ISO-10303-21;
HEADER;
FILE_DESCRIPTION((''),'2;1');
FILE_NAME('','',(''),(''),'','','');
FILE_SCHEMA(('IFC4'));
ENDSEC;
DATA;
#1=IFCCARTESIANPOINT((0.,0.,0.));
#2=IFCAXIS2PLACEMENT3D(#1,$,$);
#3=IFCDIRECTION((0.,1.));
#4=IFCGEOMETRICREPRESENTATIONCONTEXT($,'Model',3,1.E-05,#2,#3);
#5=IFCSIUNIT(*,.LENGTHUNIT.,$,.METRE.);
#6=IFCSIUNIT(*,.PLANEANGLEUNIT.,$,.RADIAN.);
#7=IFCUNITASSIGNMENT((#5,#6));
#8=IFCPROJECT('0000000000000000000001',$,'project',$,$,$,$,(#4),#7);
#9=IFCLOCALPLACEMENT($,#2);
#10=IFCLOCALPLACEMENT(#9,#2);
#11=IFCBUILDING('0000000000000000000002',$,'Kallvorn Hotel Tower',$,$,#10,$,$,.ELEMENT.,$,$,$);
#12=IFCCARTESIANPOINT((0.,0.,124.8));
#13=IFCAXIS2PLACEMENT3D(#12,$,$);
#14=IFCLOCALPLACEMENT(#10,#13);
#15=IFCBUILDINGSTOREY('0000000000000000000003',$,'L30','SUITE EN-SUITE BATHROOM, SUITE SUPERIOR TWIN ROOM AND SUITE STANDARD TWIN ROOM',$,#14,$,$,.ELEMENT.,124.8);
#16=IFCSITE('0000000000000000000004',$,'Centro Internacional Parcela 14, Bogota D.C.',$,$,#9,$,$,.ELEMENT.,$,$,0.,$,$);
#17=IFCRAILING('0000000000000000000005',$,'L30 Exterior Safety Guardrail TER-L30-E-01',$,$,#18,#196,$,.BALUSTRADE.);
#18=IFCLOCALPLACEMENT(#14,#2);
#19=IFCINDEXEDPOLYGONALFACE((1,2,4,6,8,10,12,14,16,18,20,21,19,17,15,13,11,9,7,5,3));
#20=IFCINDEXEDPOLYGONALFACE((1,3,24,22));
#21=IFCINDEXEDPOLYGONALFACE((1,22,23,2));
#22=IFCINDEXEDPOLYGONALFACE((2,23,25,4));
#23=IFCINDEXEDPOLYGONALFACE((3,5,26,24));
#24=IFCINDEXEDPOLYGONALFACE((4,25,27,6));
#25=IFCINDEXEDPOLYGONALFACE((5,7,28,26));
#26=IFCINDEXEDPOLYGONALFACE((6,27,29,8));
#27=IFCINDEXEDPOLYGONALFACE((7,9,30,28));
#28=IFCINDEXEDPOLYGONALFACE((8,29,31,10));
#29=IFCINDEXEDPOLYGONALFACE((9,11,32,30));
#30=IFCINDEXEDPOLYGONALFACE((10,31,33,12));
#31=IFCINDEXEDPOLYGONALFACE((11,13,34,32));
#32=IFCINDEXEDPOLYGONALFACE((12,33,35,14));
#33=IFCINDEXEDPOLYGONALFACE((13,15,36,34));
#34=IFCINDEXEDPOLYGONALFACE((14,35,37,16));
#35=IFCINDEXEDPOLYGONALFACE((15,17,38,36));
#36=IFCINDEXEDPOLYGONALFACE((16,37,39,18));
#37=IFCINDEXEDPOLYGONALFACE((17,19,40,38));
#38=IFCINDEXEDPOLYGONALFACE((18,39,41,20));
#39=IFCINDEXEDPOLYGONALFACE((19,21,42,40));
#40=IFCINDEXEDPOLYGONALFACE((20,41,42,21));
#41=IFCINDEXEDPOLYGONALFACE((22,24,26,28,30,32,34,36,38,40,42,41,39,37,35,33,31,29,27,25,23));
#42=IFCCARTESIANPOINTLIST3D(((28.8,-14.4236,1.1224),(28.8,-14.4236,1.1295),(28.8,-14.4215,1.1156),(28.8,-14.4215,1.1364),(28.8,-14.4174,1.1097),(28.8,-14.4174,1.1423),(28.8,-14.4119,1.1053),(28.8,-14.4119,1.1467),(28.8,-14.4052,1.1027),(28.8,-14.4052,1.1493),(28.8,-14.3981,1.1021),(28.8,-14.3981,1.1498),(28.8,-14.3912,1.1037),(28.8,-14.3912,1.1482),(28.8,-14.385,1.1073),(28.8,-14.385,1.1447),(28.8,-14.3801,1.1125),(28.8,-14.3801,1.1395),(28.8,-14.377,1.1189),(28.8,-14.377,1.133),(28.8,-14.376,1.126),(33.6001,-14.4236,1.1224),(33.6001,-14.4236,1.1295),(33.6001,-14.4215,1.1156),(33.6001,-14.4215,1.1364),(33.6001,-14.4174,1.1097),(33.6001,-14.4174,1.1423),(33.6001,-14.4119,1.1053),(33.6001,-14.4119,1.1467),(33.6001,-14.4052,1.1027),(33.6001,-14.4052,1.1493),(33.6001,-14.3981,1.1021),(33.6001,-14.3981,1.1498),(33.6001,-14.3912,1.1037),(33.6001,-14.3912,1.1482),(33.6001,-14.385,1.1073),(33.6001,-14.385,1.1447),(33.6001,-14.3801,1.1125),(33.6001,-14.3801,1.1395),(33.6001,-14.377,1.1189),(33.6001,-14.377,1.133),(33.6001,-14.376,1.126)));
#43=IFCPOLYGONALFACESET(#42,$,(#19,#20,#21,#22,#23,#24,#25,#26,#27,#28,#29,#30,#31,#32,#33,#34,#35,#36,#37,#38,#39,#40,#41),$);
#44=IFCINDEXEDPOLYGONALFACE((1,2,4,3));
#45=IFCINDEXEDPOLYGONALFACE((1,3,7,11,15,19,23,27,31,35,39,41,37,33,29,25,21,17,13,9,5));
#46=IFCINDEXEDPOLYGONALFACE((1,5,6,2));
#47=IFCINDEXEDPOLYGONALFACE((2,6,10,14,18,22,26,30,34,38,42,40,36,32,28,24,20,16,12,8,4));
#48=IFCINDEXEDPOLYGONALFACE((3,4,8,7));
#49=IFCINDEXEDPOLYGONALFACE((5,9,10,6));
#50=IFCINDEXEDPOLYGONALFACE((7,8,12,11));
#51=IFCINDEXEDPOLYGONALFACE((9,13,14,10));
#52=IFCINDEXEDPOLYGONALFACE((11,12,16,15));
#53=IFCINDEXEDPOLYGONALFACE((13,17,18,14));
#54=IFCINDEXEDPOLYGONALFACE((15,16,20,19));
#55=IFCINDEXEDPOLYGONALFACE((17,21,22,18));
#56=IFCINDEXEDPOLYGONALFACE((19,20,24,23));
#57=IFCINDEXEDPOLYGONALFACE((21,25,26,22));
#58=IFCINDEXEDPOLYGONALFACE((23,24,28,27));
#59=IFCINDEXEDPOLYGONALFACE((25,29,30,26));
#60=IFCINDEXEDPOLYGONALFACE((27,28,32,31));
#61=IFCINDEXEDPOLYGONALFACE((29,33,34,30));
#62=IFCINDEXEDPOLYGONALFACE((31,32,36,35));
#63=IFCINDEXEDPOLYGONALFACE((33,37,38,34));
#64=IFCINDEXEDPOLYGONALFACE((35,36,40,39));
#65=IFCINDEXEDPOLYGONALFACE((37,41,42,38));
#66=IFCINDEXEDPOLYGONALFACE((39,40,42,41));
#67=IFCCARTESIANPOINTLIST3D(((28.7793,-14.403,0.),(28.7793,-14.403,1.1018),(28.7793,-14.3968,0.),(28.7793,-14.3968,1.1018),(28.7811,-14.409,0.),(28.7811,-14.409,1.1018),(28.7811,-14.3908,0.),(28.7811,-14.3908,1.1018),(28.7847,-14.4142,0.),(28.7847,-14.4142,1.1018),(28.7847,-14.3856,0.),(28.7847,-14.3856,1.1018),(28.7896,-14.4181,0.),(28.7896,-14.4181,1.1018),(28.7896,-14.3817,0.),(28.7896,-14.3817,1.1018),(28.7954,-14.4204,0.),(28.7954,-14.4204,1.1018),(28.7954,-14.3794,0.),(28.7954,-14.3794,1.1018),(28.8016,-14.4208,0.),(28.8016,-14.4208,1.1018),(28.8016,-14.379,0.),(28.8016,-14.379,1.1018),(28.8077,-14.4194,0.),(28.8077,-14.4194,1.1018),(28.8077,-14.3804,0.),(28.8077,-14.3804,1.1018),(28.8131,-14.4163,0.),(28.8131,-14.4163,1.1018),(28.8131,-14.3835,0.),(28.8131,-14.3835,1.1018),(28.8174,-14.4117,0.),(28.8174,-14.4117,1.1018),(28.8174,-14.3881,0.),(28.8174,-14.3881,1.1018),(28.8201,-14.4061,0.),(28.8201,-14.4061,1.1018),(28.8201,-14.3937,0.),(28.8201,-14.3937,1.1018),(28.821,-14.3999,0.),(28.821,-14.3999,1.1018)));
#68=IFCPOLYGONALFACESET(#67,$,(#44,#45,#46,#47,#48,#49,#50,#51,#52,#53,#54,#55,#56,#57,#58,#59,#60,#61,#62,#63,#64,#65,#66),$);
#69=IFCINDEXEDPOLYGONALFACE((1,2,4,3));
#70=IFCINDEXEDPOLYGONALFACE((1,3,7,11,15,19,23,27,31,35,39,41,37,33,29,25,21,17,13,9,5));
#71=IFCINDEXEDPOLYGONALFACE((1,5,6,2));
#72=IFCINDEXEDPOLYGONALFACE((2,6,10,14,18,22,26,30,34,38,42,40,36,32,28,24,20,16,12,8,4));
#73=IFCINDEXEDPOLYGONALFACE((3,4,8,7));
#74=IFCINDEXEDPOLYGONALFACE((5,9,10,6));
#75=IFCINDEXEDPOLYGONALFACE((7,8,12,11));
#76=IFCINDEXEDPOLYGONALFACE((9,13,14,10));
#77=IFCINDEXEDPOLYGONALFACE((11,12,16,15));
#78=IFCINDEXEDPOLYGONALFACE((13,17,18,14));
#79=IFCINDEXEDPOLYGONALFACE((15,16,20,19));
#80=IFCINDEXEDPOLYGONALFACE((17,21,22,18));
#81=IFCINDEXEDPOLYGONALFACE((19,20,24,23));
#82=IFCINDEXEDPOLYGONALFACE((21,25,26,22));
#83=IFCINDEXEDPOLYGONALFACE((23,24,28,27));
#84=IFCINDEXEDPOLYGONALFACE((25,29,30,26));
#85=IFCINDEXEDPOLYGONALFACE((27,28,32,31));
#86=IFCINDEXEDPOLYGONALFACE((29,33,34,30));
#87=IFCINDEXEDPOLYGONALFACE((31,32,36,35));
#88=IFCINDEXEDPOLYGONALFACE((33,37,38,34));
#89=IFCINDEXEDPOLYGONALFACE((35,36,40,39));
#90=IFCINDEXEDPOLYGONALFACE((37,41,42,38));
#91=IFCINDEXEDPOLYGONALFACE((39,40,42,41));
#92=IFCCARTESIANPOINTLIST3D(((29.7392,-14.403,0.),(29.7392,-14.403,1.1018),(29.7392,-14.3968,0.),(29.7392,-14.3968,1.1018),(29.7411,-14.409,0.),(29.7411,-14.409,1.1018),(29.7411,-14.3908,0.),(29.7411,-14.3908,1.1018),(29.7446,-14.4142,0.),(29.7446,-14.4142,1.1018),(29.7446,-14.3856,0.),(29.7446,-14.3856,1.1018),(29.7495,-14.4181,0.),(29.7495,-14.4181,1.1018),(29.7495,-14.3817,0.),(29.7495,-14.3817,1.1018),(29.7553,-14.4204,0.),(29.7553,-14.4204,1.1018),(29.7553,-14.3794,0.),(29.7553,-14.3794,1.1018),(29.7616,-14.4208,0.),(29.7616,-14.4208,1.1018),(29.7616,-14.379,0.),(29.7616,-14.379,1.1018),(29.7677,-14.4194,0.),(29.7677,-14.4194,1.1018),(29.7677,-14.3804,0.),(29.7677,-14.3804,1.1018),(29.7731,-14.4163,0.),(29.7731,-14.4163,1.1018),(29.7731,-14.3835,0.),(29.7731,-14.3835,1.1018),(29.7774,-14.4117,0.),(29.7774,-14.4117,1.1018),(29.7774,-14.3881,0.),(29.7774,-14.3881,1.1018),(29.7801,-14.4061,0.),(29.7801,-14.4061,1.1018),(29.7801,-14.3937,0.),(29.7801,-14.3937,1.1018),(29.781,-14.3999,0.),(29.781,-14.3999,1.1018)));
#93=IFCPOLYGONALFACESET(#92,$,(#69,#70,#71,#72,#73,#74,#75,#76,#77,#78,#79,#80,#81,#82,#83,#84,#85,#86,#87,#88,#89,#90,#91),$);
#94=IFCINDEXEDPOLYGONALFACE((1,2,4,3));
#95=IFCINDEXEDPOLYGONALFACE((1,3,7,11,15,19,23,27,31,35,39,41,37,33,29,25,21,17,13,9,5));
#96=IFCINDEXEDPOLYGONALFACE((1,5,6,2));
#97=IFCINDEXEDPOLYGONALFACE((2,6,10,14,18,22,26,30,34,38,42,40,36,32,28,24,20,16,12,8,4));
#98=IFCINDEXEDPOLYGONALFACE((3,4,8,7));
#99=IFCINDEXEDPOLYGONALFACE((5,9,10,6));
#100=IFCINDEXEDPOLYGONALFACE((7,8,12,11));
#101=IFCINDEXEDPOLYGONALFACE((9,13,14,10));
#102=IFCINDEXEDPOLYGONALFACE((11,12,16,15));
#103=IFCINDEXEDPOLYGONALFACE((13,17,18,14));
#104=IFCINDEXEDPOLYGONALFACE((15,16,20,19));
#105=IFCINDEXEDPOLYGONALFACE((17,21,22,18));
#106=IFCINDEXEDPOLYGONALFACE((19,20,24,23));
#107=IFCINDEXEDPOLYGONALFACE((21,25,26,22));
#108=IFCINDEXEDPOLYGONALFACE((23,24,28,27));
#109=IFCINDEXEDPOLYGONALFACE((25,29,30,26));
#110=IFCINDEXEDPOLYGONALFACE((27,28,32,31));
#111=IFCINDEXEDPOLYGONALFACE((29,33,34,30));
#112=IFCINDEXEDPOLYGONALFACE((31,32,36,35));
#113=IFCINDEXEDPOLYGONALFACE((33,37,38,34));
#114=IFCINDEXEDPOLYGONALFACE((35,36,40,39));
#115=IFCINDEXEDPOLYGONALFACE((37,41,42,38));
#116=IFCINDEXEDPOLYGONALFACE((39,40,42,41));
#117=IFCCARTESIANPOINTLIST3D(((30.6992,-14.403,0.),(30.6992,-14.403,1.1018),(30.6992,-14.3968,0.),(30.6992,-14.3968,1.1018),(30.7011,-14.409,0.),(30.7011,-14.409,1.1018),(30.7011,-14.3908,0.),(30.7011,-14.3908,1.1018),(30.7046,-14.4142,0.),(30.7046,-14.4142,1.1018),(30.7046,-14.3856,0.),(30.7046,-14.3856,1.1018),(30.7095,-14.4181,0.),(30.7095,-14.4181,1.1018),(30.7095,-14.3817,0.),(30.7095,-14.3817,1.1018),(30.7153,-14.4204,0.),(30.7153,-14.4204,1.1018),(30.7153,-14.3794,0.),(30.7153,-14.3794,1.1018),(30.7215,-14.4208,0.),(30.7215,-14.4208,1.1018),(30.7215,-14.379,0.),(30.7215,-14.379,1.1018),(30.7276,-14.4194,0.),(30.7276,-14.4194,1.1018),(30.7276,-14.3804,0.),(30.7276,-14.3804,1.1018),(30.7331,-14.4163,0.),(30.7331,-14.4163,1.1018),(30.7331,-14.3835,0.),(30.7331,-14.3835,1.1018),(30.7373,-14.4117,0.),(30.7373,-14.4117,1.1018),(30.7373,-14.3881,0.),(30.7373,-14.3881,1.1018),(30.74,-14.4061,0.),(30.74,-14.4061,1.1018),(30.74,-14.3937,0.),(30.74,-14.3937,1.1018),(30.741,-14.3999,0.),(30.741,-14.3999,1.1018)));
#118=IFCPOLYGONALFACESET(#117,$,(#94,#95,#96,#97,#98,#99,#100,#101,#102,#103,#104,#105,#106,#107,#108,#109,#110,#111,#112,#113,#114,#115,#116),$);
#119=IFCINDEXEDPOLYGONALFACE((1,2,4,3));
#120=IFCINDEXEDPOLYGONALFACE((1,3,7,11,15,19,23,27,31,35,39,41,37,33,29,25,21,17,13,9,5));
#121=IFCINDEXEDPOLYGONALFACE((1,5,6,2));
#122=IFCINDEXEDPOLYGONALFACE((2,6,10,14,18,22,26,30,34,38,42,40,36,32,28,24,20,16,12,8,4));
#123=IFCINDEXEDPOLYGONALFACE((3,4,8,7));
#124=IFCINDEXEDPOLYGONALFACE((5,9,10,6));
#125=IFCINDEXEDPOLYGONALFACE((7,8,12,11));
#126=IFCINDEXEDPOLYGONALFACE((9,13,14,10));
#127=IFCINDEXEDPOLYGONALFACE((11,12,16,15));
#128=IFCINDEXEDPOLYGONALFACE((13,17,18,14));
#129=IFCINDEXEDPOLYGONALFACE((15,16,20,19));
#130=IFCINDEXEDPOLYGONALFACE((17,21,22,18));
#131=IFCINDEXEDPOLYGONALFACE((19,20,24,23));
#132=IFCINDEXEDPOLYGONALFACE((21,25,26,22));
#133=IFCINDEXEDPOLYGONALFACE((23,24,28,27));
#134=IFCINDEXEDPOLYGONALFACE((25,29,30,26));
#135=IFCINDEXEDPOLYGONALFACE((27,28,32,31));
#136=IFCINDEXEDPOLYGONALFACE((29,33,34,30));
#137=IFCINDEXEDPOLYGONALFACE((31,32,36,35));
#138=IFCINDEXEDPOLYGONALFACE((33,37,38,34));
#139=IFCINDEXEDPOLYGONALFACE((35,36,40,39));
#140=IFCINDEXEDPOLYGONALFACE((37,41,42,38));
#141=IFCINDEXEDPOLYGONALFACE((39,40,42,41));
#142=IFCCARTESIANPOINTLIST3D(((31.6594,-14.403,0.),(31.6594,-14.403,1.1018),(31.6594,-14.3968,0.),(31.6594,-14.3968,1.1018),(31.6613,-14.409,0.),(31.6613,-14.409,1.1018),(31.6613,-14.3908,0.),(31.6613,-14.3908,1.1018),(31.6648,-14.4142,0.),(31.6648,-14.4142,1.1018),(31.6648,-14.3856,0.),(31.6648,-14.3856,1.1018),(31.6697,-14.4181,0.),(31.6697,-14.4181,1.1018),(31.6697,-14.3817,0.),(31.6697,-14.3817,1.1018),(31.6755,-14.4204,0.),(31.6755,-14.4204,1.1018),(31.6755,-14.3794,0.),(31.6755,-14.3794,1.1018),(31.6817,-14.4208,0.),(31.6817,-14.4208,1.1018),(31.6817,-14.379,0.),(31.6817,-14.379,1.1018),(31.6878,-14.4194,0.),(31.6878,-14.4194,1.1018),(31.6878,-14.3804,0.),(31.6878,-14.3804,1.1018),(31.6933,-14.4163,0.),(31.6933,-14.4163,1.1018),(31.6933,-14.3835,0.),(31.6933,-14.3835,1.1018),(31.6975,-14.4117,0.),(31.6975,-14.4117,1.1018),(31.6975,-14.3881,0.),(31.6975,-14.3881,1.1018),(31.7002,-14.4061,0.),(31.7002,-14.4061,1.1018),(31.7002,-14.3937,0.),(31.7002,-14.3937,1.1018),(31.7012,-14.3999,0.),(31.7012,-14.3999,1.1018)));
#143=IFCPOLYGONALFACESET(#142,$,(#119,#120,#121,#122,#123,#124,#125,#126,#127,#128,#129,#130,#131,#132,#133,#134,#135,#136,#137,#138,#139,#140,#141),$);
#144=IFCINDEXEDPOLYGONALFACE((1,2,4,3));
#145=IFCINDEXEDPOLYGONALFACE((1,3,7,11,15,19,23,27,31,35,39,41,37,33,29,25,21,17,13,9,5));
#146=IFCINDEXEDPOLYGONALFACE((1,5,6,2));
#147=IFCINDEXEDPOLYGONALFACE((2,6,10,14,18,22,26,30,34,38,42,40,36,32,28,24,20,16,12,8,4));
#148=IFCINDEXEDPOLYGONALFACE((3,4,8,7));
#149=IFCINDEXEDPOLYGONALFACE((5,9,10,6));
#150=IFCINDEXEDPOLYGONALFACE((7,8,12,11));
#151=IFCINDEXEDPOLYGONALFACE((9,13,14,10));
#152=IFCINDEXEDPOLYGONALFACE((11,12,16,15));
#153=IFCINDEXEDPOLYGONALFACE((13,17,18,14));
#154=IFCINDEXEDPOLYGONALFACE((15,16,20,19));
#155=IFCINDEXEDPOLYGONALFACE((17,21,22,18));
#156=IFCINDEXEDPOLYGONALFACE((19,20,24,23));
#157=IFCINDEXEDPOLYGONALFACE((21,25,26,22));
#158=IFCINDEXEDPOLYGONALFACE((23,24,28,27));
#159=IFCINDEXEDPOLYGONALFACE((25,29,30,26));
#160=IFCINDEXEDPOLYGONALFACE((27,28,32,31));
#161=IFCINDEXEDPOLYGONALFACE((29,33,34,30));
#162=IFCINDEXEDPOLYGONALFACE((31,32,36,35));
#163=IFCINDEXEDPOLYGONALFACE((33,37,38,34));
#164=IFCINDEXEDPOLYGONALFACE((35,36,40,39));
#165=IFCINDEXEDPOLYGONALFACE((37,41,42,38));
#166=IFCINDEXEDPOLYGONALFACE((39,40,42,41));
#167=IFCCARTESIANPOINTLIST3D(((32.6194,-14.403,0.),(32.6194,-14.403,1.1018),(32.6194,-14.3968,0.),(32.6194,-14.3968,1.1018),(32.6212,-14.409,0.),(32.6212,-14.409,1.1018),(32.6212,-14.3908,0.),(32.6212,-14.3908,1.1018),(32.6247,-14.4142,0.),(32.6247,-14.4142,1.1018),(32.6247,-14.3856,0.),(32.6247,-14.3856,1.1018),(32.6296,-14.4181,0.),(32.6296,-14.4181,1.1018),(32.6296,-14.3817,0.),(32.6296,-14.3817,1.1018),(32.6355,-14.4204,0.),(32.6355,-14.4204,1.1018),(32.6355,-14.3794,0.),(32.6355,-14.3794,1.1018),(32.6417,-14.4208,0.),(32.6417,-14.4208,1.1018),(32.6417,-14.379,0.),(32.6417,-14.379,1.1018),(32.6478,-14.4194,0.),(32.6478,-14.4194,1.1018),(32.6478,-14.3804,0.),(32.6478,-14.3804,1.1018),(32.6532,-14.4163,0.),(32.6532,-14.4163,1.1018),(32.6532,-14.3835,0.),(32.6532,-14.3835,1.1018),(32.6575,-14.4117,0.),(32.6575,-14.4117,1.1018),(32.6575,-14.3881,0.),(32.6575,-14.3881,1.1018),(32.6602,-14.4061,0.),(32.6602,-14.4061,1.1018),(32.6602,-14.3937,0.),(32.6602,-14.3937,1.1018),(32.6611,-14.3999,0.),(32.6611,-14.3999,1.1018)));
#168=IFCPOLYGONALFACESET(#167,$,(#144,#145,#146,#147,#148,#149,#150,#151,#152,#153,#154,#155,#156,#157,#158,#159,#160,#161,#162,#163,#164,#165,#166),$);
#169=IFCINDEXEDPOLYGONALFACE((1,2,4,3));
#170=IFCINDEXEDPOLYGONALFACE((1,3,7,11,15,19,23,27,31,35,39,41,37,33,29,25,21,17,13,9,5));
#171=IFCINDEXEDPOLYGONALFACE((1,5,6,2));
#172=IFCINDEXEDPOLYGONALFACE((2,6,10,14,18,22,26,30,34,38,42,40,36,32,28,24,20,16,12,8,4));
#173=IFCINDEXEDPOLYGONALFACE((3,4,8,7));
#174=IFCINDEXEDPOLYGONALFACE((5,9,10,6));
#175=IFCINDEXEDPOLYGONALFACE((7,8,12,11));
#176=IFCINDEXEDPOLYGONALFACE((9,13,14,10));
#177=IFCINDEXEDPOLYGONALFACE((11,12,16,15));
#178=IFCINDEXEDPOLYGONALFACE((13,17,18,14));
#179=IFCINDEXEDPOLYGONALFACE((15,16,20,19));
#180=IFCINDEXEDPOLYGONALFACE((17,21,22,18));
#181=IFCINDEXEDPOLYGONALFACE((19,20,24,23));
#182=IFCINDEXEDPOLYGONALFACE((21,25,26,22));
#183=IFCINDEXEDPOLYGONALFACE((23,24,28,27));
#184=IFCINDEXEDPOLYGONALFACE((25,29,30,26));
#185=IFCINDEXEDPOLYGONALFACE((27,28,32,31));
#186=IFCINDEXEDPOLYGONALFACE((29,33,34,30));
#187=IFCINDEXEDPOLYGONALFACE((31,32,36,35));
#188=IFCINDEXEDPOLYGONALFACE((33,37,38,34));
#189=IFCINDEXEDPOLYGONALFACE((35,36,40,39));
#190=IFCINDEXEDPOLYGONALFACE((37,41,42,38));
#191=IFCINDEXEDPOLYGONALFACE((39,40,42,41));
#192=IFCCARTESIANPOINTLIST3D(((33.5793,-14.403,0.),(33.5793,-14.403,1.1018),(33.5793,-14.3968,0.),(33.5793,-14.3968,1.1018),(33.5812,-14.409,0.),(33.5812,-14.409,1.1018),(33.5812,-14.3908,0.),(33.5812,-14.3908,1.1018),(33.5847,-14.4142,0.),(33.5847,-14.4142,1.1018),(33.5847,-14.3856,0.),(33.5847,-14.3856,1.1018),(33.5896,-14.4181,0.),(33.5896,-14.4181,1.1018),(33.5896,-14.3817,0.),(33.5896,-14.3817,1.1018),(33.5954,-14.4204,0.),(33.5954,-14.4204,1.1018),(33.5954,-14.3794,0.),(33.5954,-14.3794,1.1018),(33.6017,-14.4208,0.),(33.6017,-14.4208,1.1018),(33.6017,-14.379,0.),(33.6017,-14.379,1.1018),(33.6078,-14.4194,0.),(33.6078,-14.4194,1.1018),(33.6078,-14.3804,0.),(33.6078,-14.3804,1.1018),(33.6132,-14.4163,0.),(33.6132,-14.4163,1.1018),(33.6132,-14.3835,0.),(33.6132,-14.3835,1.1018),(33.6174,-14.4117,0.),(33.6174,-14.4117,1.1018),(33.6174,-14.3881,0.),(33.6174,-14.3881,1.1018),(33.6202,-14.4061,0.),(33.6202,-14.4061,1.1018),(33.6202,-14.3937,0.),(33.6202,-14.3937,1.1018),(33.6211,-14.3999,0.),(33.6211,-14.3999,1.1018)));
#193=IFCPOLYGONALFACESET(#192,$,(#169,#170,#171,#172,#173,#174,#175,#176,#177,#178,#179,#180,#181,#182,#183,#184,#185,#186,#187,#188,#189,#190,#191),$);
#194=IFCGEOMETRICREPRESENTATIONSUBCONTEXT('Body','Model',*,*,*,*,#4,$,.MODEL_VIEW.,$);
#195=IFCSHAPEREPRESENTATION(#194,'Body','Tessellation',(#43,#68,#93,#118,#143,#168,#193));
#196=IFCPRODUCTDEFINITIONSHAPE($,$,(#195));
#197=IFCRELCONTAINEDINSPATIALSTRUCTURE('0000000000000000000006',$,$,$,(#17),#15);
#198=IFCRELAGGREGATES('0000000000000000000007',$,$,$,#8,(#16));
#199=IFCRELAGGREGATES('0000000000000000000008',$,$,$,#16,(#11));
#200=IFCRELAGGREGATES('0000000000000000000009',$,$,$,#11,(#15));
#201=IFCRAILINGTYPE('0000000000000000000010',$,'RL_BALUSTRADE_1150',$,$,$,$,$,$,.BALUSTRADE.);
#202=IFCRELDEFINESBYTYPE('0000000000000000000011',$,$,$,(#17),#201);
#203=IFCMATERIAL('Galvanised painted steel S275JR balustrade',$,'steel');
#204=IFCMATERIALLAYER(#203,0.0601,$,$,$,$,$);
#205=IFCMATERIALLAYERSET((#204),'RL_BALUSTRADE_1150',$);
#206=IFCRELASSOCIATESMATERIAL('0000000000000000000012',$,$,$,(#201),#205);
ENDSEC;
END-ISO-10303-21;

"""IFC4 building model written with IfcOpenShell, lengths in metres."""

from ifc_helpers import new_model, si_unit, direction, frame, origin, origin_2d, place, context, subcontext, project, spatial, circle, extrude, material, layer, layer_set, type_object, element, save


model = new_model("IFC4")

# Units and contexts
model_context = context("Model", 3, precision=1e-05, world=origin(), true_north=direction((0.0, 1.0)))
body_context = subcontext(model_context, "Body", "Model", "MODEL_VIEW")
ifc_project = project(units=[si_unit("LENGTHUNIT", "METRE"), si_unit("PLANEANGLEUNIT", "RADIAN")], contexts=[model_context])

# Site, building, storey
site_placement = place(None, origin())
site = spatial("IfcSite", under=ifc_project, at=site_placement, Name="Centro Internacional Parcela 14, Bogota D.C.", CompositionType="ELEMENT", RefElevation=0.0)
building_placement = place(site_placement, origin())
building = spatial("IfcBuilding", under=site, at=building_placement, Name="Kallvorn Hotel Tower", CompositionType="ELEMENT")
storey_placement = place(building_placement, frame((0.0, 0.0, 124.8)))
storey = spatial("IfcBuildingStorey", under=building, at=storey_placement, Name="L30", Description="SUITE EN-SUITE BATHROOM, SUITE SUPERIOR TWIN ROOM AND SUITE STANDARD TWIN ROOM", CompositionType="ELEMENT", Elevation=124.8)

# Railing
ifc_material_1 = material(Name="Galvanised painted steel S275JR balustrade", Category="steel")
ifc_layer_1 = layer(ifc_material_1, 0.0601)
ifc_layer_set_1 = layer_set([ifc_layer_1], Name="RL_BALUSTRADE_1150")
railing_type = type_object("IfcRailingType", Name="RL_BALUSTRADE_1150", PredefinedType="BALUSTRADE", material=ifc_layer_set_1)
railing_1_placement = place(storey_placement, frame((28.8, -14.3999, 0.0)))
element("IfcRailing", 1, at=railing_1_placement, inside=storey, type_object=railing_type, Name="L30 Exterior Safety Guardrail TER-L30-E-01", PredefinedType="BALUSTRADE", context=body_context, shape_type="SweptSolid", body=[
    extrude(circle(Radius=0.0239, at=origin_2d()), frame((0.0, 0.0, 1.126), z_axis=(1.0, 0.0, 0.0), x_axis=(0.0, 1.0, 0.0)), (0.0, 0.0, 1.0), 4.8),
    extrude(circle(Radius=0.021, at=origin_2d()), origin(), (0.0, 0.0, 1.0), 1.1018),
    extrude(circle(Radius=0.021, at=origin_2d()), frame((0.96, 0.0, 0.0)), (0.0, 0.0, 1.0), 1.1018),
    extrude(circle(Radius=0.021, at=origin_2d()), frame((1.9199, 0.0, 0.0)), (0.0, 0.0, 1.0), 1.1018),
    extrude(circle(Radius=0.021, at=origin_2d()), frame((2.8801, 0.0, 0.0)), (0.0, 0.0, 1.0), 1.1018),
    extrude(circle(Radius=0.021, at=origin_2d()), frame((3.8401, 0.0, 0.0)), (0.0, 0.0, 1.0), 1.1018),
    extrude(circle(Radius=0.021, at=origin_2d()), frame((4.8, 0.0, 0.0)), (0.0, 0.0, 1.0), 1.1018),
])

save(model, "model.ifc")
